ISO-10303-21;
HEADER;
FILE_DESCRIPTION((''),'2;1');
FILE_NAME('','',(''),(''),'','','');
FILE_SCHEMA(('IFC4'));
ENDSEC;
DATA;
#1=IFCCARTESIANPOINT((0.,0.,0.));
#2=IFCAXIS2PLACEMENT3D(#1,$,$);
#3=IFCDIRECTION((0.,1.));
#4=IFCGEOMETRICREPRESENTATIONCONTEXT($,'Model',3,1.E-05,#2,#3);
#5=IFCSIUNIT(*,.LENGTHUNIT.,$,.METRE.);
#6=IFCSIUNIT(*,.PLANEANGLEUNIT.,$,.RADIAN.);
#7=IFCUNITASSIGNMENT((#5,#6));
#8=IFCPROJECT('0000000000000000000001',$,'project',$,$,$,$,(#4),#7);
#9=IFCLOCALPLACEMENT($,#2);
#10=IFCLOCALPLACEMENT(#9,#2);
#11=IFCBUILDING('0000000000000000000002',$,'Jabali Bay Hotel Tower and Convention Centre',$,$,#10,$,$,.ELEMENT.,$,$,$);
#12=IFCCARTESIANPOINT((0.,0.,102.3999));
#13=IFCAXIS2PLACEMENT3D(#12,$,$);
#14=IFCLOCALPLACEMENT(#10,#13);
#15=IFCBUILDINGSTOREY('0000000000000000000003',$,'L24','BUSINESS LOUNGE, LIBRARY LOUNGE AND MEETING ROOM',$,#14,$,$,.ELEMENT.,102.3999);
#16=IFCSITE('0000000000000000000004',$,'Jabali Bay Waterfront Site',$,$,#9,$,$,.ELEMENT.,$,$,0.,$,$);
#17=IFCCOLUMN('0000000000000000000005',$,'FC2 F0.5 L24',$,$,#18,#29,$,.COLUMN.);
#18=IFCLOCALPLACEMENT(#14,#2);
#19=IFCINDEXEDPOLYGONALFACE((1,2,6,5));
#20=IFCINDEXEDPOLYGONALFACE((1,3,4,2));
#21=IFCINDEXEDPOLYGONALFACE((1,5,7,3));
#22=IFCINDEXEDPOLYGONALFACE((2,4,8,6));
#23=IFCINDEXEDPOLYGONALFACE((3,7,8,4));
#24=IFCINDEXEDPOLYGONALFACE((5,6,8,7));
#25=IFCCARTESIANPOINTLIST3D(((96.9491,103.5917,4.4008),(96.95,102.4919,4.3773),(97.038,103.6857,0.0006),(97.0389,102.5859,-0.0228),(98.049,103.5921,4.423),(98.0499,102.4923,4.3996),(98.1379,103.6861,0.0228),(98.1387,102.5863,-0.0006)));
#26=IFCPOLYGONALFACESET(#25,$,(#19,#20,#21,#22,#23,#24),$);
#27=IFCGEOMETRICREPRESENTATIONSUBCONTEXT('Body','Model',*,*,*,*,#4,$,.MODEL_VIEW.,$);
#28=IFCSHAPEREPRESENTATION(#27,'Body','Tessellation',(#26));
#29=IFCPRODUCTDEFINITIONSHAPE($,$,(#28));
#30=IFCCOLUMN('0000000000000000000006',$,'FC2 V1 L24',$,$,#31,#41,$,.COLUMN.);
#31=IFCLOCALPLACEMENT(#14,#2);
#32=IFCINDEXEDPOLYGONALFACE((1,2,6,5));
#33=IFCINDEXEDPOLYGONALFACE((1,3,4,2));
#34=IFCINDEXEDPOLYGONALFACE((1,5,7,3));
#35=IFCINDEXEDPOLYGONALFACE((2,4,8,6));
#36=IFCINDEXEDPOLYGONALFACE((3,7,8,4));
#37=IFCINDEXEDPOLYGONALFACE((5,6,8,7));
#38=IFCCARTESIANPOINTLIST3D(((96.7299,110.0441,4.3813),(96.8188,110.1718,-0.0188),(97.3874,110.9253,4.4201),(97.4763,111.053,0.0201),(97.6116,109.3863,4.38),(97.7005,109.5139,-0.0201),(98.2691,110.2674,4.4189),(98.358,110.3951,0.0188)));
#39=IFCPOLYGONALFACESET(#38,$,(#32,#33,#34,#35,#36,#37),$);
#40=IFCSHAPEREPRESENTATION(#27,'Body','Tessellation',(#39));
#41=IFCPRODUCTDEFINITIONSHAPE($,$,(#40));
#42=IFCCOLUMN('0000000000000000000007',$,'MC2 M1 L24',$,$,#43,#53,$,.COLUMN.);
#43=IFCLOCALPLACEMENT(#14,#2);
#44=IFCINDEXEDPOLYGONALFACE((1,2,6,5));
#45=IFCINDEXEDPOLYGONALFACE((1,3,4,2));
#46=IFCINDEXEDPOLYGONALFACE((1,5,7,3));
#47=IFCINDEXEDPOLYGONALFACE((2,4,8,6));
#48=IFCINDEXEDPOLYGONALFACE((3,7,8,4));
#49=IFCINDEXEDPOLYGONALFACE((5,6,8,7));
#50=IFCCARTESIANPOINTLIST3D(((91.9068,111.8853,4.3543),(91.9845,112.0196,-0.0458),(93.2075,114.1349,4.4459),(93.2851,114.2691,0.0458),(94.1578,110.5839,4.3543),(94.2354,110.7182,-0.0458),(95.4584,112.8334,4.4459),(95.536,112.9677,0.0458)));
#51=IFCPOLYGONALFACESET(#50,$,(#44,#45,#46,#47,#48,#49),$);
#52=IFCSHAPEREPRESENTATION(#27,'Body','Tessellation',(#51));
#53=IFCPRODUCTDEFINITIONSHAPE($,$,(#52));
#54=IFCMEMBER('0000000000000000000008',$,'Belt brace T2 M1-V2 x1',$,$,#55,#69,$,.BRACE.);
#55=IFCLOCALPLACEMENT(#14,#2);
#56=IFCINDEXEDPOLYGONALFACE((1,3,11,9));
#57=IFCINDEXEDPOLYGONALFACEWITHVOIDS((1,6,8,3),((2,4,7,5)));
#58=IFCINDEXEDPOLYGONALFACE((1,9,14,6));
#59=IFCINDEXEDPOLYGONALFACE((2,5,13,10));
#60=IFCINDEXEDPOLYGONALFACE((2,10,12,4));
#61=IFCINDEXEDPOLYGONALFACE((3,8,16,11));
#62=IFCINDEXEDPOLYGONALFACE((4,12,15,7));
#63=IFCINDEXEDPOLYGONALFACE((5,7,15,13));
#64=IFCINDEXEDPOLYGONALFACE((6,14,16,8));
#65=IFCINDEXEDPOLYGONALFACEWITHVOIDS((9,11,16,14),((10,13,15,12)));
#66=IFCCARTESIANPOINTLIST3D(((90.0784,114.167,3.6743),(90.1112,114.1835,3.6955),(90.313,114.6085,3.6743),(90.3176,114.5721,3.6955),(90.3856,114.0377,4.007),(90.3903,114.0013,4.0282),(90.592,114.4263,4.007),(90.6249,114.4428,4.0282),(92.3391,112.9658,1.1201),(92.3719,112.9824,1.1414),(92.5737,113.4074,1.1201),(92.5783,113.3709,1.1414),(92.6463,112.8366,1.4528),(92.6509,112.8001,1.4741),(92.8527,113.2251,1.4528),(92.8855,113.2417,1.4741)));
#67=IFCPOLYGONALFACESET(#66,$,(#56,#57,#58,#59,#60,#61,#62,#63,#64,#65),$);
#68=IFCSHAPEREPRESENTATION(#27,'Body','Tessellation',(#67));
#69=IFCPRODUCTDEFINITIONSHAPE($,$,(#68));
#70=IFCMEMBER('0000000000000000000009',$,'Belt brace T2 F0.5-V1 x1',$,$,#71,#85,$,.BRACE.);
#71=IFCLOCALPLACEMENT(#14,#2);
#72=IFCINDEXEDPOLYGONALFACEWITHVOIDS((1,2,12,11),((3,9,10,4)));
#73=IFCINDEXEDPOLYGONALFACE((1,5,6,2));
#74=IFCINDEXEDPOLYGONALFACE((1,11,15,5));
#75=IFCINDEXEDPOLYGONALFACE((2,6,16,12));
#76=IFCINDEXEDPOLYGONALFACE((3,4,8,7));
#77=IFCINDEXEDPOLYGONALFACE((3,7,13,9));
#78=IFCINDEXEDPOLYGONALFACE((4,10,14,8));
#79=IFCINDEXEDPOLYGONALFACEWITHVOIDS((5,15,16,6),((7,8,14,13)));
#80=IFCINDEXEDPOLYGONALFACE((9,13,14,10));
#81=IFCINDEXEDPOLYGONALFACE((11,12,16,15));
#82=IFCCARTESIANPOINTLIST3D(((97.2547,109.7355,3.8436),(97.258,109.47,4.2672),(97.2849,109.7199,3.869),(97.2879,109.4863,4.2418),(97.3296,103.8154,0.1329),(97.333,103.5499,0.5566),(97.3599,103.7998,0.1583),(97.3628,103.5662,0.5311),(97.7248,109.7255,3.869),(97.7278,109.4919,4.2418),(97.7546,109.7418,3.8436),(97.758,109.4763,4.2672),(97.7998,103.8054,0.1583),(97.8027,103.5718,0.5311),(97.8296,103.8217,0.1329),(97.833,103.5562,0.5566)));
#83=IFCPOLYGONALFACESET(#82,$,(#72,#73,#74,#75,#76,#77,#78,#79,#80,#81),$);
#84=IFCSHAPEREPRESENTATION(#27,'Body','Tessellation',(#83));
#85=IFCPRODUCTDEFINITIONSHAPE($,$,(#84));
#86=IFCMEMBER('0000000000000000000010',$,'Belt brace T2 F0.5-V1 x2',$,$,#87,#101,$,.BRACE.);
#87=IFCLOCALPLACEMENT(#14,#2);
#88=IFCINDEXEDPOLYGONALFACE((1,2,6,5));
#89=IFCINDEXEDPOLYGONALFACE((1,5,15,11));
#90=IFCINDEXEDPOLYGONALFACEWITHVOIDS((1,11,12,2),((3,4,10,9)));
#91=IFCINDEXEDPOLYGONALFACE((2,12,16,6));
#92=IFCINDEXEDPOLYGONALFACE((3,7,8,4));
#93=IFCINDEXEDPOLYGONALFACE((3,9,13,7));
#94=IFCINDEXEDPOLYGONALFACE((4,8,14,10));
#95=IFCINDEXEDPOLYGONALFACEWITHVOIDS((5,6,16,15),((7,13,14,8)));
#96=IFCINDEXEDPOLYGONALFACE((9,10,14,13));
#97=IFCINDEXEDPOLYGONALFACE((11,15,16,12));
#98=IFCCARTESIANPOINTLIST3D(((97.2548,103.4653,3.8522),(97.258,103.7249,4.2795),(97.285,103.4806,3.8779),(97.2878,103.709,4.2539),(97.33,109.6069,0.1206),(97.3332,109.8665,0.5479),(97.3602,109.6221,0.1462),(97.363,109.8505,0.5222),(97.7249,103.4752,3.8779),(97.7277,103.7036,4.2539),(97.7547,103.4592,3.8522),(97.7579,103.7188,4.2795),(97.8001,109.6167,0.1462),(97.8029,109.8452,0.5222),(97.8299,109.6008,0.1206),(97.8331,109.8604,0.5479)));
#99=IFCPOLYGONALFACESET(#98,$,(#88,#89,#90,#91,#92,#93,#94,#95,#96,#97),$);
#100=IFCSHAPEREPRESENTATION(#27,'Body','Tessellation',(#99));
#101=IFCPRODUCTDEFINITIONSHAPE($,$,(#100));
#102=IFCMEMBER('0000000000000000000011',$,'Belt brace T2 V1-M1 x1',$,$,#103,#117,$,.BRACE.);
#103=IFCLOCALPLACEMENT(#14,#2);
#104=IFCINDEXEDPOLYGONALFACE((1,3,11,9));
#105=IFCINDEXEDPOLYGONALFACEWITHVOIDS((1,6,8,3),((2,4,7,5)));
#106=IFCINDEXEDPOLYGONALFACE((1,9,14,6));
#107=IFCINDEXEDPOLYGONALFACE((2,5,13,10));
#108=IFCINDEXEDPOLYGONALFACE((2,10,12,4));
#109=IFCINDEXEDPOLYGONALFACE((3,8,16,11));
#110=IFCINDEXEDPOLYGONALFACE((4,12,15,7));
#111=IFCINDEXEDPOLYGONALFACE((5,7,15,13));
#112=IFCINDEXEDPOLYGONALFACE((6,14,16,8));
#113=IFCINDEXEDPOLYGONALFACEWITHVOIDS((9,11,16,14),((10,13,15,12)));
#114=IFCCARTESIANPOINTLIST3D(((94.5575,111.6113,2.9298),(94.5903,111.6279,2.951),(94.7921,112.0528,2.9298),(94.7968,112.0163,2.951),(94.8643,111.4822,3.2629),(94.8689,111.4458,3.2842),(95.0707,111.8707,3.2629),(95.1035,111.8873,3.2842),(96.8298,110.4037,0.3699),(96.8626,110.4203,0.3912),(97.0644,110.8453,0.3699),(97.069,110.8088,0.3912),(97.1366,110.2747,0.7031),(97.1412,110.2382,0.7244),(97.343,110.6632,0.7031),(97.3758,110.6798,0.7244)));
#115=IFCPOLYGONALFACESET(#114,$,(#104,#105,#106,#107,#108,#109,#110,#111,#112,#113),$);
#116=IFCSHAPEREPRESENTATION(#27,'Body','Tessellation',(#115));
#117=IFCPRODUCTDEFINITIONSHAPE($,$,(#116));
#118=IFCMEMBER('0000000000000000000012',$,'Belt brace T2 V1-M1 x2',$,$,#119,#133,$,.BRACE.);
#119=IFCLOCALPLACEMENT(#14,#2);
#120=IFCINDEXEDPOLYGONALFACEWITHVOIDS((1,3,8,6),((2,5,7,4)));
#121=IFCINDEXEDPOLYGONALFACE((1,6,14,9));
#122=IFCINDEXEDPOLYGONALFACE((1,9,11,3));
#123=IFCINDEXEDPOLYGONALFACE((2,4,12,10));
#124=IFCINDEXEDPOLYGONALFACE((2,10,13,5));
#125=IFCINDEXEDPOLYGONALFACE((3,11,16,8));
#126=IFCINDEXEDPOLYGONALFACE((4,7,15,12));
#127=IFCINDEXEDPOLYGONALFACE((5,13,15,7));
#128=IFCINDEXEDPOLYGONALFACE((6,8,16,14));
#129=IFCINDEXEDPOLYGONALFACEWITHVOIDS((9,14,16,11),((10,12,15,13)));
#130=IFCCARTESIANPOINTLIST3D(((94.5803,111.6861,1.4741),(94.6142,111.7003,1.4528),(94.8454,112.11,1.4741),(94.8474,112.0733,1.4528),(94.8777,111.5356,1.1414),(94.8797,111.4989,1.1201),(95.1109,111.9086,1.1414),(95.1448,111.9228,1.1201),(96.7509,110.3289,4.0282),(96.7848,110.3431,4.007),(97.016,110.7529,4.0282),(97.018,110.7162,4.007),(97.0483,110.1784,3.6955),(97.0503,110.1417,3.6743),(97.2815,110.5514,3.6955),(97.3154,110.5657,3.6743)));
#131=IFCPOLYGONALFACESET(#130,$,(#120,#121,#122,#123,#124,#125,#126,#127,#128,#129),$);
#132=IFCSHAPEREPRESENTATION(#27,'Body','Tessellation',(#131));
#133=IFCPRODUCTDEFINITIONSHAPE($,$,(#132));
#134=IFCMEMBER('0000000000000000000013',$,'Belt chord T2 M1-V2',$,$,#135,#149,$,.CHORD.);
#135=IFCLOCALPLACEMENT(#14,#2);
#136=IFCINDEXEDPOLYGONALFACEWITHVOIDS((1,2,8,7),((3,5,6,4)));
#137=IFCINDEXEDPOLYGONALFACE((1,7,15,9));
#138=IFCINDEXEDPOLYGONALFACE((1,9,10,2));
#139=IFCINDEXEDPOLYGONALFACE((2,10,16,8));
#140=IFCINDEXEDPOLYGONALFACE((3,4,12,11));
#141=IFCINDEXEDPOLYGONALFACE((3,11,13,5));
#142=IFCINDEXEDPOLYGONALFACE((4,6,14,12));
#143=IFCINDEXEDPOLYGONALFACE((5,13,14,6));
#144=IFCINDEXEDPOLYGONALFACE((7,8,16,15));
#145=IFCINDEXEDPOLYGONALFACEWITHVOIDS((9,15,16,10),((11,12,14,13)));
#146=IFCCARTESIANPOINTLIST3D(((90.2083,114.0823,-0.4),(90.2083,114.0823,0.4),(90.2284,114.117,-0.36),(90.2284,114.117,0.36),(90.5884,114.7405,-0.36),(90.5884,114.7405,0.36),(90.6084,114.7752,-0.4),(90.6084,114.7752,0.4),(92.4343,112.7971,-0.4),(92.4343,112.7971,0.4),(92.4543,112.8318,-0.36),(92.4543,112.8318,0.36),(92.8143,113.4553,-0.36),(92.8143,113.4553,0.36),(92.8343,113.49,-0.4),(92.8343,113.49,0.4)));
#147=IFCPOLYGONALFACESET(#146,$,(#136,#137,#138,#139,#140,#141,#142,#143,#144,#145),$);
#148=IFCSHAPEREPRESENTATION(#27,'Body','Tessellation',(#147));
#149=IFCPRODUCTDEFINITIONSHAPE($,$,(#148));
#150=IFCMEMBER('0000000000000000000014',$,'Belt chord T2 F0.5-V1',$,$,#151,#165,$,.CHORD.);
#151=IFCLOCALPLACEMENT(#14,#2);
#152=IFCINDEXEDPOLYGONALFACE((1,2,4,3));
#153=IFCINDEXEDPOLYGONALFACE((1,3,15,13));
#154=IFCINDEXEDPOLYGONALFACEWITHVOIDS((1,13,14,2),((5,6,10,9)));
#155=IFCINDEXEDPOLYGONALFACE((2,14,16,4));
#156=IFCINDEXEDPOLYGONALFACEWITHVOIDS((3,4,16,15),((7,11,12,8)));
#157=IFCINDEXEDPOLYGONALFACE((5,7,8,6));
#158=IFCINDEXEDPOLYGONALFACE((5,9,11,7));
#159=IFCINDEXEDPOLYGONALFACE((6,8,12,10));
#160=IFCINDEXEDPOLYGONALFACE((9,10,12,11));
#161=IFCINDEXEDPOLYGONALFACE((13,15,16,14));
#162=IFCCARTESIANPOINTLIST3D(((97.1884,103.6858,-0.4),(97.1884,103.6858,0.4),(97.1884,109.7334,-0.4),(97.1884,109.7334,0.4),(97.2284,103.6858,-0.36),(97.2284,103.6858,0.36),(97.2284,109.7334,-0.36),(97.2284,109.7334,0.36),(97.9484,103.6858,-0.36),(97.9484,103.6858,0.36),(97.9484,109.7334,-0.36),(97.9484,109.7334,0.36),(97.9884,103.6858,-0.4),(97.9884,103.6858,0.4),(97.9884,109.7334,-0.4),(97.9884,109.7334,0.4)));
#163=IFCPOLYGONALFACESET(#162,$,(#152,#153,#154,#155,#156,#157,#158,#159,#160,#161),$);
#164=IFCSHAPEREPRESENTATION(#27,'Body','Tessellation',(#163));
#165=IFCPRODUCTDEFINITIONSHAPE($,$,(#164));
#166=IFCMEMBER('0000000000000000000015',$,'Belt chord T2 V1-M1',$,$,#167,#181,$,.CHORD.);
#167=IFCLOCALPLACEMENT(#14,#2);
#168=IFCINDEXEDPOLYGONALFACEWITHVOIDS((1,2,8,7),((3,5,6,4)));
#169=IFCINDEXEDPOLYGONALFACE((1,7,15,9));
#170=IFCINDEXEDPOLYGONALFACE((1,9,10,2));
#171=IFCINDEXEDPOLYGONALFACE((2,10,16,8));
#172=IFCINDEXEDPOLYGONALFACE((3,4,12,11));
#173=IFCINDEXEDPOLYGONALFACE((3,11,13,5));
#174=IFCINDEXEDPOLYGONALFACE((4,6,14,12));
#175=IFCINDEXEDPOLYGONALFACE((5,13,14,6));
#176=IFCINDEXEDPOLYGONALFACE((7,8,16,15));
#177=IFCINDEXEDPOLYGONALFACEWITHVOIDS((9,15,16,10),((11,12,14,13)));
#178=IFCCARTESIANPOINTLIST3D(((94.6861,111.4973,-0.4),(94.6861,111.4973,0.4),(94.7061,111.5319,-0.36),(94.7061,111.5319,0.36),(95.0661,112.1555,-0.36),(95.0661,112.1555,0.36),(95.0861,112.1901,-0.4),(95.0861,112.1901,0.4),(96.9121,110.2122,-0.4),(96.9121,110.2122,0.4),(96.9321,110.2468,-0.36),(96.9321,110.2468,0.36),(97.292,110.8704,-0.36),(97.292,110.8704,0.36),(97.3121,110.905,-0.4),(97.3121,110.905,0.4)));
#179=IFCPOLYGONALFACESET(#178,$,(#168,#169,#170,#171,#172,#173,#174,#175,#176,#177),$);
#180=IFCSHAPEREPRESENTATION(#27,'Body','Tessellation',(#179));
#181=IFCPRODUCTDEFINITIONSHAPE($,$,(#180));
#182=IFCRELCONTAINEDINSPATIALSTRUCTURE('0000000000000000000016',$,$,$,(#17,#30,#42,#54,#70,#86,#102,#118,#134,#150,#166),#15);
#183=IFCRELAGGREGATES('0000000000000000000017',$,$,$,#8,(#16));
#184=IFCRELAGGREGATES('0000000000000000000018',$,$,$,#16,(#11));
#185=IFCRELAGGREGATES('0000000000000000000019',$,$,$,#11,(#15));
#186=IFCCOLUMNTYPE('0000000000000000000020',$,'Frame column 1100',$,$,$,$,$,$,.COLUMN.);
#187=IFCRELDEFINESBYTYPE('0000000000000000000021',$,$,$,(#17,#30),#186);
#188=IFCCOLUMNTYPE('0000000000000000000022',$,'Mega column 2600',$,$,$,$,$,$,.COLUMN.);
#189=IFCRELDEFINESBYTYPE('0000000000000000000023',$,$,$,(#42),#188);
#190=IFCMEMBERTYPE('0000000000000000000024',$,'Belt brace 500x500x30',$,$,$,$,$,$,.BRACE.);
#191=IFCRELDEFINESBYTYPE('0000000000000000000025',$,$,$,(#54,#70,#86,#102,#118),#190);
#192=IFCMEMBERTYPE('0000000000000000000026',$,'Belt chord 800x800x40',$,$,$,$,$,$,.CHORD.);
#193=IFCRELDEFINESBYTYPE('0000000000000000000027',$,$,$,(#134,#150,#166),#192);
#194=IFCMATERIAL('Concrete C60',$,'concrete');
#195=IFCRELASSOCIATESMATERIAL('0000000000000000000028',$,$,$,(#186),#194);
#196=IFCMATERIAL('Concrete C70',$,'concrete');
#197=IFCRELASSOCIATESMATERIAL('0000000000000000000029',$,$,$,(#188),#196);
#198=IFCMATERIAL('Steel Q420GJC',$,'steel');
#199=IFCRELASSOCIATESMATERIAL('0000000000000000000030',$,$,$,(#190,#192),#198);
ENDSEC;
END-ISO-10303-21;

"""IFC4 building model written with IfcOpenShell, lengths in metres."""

from ifc_helpers import new_model, si_unit, direction, frame, origin, origin_2d, place, context, subcontext, project, spatial, rectangle, hollow_rectangle, extrude, material, material_profile, profile_set, type_object, element, save


model = new_model("IFC4")

# Units and contexts
model_context = context("Model", 3, precision=1e-05, world=origin(), true_north=direction((0.0, 1.0)))
body_context = subcontext(model_context, "Body", "Model", "MODEL_VIEW")
ifc_project = project(units=[si_unit("LENGTHUNIT", "METRE"), si_unit("PLANEANGLEUNIT", "RADIAN")], contexts=[model_context])

# Site, building, storey
site_placement = place(None, origin())
site = spatial("IfcSite", under=ifc_project, at=site_placement, Name="Jabali Bay Waterfront Site", CompositionType="ELEMENT", RefElevation=0.0)
building_placement = place(site_placement, origin())
building = spatial("IfcBuilding", under=site, at=building_placement, Name="Jabali Bay Hotel Tower and Convention Centre", CompositionType="ELEMENT")
storey_placement = place(building_placement, frame((0.0, 0.0, 102.3999)))
storey = spatial("IfcBuildingStorey", under=building, at=storey_placement, Name="L24", Description="BUSINESS LOUNGE, LIBRARY LOUNGE AND MEETING ROOM", CompositionType="ELEMENT", Elevation=102.3999)

# Columns
ifc_material_1 = material(Name="Concrete C60", Category="concrete")
ifc_material_profile_1 = material_profile(ifc_material_1, rectangle(XDim=1.1001, YDim=1.1001, at=origin_2d()), Name="Frame column 1100")
ifc_profile_set_1 = profile_set([ifc_material_profile_1], Name="Concrete C60")
column_type_1 = type_object("IfcColumnType", Name="Frame column 1100", PredefinedType="COLUMN", material=ifc_profile_set_1)
column_1_placement = place(storey_placement, frame((97.5884, 103.136, 0.0), z_axis=(-0.020188, -0.021352, 0.999568), x_axis=(0.999796, 0.000353, 0.0202)))
element("IfcColumn", 1, at=column_1_placement, inside=storey, type_object=column_type_1, Name="FC2 F0.5 L24", PredefinedType="COLUMN", context=body_context, shape_type="SweptSolid", body=[
    extrude(rectangle(XDim=1.1001, YDim=1.1001, at=origin_2d()), origin(), (0.0, 0.0, 1.0), 4.4021),
])
column_2_placement = place(storey_placement, frame((97.5884, 110.2834, 0.0), z_axis=(-0.020184, -0.029, 0.999376), x_axis=(0.597692, 0.800948, 0.035314)))
element("IfcColumn", 2, at=column_2_placement, inside=storey, type_object=column_type_1, Name="FC2 V1 L24", PredefinedType="COLUMN", context=body_context, shape_type="SweptSolid", body=[
    extrude(rectangle(XDim=1.1001, YDim=1.1001, at=origin_2d()), origin(), (0.0, 0.0, 1.0), 4.4028),
])
ifc_material_2 = material(Name="Concrete C70", Category="concrete")
ifc_material_profile_2 = material_profile(ifc_material_2, rectangle(XDim=2.6001, YDim=2.6001, at=origin_2d()), Name="Mega column 2600")
ifc_profile_set_2 = profile_set([ifc_material_profile_2], Name="Concrete C70")
column_type_2 = type_object("IfcColumnType", Name="Mega column 2600", PredefinedType="COLUMN", material=ifc_profile_set_2)
column_3_placement = place(storey_placement, frame((93.7603, 112.4937, 0.0), z_axis=(-0.017633, -0.030498, 0.999379), x_axis=(0.865714, -0.500539, 0.0)))
element("IfcColumn", 3, at=column_3_placement, inside=storey, type_object=column_type_2, Name="MC2 M1 L24", PredefinedType="COLUMN", context=body_context, shape_type="SweptSolid", body=[
    extrude(rectangle(XDim=2.6001, YDim=2.6001, at=origin_2d()), origin(), (0.0, 0.0, 1.0), 4.4028),
])

# Members
ifc_material_3 = material(Name="Steel Q420GJC", Category="steel")
ifc_material_profile_3 = material_profile(ifc_material_3, hollow_rectangle(XDim=0.5, YDim=0.5, WallThickness=0.03, at=origin_2d()), Name="Belt brace 500x500x30")
ifc_profile_set_3 = profile_set([ifc_material_profile_3], Name="Steel Q420GJC")
member_type_1 = type_object("IfcMemberType", Name="Belt brace 500x500x30", PredefinedType="BRACE", material=ifc_profile_set_3)
member_1_placement = place(storey_placement, frame((92.6123, 113.1038, 1.2971), z_axis=(-0.625152, 0.332154, 0.7063), x_axis=(-0.469202, -0.883091, 0.0)))
element("IfcMember", 4, at=member_1_placement, inside=storey, type_object=member_type_1, Name="Belt brace T2 M1-V2 x1", PredefinedType="BRACE", context=body_context, shape_type="SweptSolid", body=[
    extrude(hollow_rectangle(XDim=0.5, YDim=0.5, WallThickness=0.03, at=origin_2d()), origin(), (0.0, 0.0, 1.0), 3.6162),
])
member_2_placement = place(storey_placement, frame((97.5813, 103.6858, 0.3447), z_axis=(-0.010727, 0.847268, 0.531058), x_axis=(-0.99992, -0.012659, 0.0)))
element("IfcMember", 5, at=member_2_placement, inside=storey, type_object=member_type_1, Name="Belt brace T2 F0.5-V1 x1", PredefinedType="BRACE", context=body_context, shape_type="SweptSolid", body=[
    extrude(hollow_rectangle(XDim=0.5, YDim=0.5, WallThickness=0.03, at=origin_2d()), origin(), (0.0, 0.0, 1.0), 6.9873),
])
member_3_placement = place(storey_placement, frame((97.5815, 109.7336, 0.3342), z_axis=(-0.010463, -0.854564, 0.51924), x_axis=(0.999925, -0.012243, 0.0)))
element("IfcMember", 6, at=member_3_placement, inside=storey, type_object=member_type_1, Name="Belt brace T2 F0.5-V1 x2", PredefinedType="BRACE", context=body_context, shape_type="SweptSolid", body=[
    extrude(hollow_rectangle(XDim=0.5, YDim=0.5, WallThickness=0.03, at=origin_2d()), origin(), (0.0, 0.0, 1.0), 7.1868),
])
member_4_placement = place(storey_placement, frame((97.1028, 110.5417, 0.5471), z_axis=(-0.626031, 0.33269, 0.705268), x_axis=(-0.469278, -0.883051, 0.0)))
element("IfcMember", 7, at=member_4_placement, inside=storey, type_object=member_type_1, Name="Belt brace T2 V1-M1 x1", PredefinedType="BRACE", context=body_context, shape_type="SweptSolid", body=[
    extrude(hollow_rectangle(XDim=0.5, YDim=0.5, WallThickness=0.03, at=origin_2d()), origin(), (0.0, 0.0, 1.0), 3.6296),
])
member_5_placement = place(storey_placement, frame((94.8625, 111.8044, 1.2971), z_axis=(0.600242, -0.375295, 0.706302), x_axis=(0.530145, 0.847907, 0.0)))
element("IfcMember", 8, at=member_5_placement, inside=storey, type_object=member_type_1, Name="Belt brace T2 V1-M1 x2", PredefinedType="BRACE", context=body_context, shape_type="SweptSolid", body=[
    extrude(hollow_rectangle(XDim=0.5, YDim=0.5, WallThickness=0.03, at=origin_2d()), origin(), (0.0, 0.0, 1.0), 3.6162),
])
ifc_material_profile_4 = material_profile(ifc_material_3, hollow_rectangle(XDim=0.8, YDim=0.8, WallThickness=0.04, at=origin_2d()), Name="Belt chord 800x800x40")
ifc_profile_set_4 = profile_set([ifc_material_profile_4], Name="Steel Q420GJC")
member_type_2 = type_object("IfcMemberType", Name="Belt chord 800x800x40", PredefinedType="CHORD", material=ifc_profile_set_4)
member_6_placement = place(storey_placement, frame((92.6343, 113.1436, 0.0), z_axis=(-0.866013, 0.500021, 0.0), x_axis=(-0.500021, -0.866013, 0.0)))
element("IfcMember", 9, at=member_6_placement, inside=storey, type_object=member_type_2, Name="Belt chord T2 M1-V2", PredefinedType="CHORD", context=body_context, shape_type="SweptSolid", body=[
    extrude(hollow_rectangle(XDim=0.8, YDim=0.8, WallThickness=0.04, at=origin_2d()), origin(), (0.0, 0.0, 1.0), 2.5703),
])
member_7_placement = place(storey_placement, frame((97.5884, 103.6858, 0.0), z_axis=(0.0, 1.0, 0.0), x_axis=(-1.0, 0.0, 0.0)))
element("IfcMember", 10, at=member_7_placement, inside=storey, type_object=member_type_2, Name="Belt chord T2 F0.5-V1", PredefinedType="CHORD", context=body_context, shape_type="SweptSolid", body=[
    extrude(hollow_rectangle(XDim=0.8, YDim=0.8, WallThickness=0.04, at=origin_2d()), origin(), (0.0, 0.0, 1.0), 6.0476),
])
member_8_placement = place(storey_placement, frame((97.1121, 110.5586, 0.0), z_axis=(-0.866037, 0.49998, 0.0), x_axis=(-0.49998, -0.866037, 0.0)))
element("IfcMember", 11, at=member_8_placement, inside=storey, type_object=member_type_2, Name="Belt chord T2 V1-M1", PredefinedType="CHORD", context=body_context, shape_type="SweptSolid", body=[
    extrude(hollow_rectangle(XDim=0.8, YDim=0.8, WallThickness=0.04, at=origin_2d()), origin(), (0.0, 0.0, 1.0), 2.5703),
])

save(model, "model.ifc")
